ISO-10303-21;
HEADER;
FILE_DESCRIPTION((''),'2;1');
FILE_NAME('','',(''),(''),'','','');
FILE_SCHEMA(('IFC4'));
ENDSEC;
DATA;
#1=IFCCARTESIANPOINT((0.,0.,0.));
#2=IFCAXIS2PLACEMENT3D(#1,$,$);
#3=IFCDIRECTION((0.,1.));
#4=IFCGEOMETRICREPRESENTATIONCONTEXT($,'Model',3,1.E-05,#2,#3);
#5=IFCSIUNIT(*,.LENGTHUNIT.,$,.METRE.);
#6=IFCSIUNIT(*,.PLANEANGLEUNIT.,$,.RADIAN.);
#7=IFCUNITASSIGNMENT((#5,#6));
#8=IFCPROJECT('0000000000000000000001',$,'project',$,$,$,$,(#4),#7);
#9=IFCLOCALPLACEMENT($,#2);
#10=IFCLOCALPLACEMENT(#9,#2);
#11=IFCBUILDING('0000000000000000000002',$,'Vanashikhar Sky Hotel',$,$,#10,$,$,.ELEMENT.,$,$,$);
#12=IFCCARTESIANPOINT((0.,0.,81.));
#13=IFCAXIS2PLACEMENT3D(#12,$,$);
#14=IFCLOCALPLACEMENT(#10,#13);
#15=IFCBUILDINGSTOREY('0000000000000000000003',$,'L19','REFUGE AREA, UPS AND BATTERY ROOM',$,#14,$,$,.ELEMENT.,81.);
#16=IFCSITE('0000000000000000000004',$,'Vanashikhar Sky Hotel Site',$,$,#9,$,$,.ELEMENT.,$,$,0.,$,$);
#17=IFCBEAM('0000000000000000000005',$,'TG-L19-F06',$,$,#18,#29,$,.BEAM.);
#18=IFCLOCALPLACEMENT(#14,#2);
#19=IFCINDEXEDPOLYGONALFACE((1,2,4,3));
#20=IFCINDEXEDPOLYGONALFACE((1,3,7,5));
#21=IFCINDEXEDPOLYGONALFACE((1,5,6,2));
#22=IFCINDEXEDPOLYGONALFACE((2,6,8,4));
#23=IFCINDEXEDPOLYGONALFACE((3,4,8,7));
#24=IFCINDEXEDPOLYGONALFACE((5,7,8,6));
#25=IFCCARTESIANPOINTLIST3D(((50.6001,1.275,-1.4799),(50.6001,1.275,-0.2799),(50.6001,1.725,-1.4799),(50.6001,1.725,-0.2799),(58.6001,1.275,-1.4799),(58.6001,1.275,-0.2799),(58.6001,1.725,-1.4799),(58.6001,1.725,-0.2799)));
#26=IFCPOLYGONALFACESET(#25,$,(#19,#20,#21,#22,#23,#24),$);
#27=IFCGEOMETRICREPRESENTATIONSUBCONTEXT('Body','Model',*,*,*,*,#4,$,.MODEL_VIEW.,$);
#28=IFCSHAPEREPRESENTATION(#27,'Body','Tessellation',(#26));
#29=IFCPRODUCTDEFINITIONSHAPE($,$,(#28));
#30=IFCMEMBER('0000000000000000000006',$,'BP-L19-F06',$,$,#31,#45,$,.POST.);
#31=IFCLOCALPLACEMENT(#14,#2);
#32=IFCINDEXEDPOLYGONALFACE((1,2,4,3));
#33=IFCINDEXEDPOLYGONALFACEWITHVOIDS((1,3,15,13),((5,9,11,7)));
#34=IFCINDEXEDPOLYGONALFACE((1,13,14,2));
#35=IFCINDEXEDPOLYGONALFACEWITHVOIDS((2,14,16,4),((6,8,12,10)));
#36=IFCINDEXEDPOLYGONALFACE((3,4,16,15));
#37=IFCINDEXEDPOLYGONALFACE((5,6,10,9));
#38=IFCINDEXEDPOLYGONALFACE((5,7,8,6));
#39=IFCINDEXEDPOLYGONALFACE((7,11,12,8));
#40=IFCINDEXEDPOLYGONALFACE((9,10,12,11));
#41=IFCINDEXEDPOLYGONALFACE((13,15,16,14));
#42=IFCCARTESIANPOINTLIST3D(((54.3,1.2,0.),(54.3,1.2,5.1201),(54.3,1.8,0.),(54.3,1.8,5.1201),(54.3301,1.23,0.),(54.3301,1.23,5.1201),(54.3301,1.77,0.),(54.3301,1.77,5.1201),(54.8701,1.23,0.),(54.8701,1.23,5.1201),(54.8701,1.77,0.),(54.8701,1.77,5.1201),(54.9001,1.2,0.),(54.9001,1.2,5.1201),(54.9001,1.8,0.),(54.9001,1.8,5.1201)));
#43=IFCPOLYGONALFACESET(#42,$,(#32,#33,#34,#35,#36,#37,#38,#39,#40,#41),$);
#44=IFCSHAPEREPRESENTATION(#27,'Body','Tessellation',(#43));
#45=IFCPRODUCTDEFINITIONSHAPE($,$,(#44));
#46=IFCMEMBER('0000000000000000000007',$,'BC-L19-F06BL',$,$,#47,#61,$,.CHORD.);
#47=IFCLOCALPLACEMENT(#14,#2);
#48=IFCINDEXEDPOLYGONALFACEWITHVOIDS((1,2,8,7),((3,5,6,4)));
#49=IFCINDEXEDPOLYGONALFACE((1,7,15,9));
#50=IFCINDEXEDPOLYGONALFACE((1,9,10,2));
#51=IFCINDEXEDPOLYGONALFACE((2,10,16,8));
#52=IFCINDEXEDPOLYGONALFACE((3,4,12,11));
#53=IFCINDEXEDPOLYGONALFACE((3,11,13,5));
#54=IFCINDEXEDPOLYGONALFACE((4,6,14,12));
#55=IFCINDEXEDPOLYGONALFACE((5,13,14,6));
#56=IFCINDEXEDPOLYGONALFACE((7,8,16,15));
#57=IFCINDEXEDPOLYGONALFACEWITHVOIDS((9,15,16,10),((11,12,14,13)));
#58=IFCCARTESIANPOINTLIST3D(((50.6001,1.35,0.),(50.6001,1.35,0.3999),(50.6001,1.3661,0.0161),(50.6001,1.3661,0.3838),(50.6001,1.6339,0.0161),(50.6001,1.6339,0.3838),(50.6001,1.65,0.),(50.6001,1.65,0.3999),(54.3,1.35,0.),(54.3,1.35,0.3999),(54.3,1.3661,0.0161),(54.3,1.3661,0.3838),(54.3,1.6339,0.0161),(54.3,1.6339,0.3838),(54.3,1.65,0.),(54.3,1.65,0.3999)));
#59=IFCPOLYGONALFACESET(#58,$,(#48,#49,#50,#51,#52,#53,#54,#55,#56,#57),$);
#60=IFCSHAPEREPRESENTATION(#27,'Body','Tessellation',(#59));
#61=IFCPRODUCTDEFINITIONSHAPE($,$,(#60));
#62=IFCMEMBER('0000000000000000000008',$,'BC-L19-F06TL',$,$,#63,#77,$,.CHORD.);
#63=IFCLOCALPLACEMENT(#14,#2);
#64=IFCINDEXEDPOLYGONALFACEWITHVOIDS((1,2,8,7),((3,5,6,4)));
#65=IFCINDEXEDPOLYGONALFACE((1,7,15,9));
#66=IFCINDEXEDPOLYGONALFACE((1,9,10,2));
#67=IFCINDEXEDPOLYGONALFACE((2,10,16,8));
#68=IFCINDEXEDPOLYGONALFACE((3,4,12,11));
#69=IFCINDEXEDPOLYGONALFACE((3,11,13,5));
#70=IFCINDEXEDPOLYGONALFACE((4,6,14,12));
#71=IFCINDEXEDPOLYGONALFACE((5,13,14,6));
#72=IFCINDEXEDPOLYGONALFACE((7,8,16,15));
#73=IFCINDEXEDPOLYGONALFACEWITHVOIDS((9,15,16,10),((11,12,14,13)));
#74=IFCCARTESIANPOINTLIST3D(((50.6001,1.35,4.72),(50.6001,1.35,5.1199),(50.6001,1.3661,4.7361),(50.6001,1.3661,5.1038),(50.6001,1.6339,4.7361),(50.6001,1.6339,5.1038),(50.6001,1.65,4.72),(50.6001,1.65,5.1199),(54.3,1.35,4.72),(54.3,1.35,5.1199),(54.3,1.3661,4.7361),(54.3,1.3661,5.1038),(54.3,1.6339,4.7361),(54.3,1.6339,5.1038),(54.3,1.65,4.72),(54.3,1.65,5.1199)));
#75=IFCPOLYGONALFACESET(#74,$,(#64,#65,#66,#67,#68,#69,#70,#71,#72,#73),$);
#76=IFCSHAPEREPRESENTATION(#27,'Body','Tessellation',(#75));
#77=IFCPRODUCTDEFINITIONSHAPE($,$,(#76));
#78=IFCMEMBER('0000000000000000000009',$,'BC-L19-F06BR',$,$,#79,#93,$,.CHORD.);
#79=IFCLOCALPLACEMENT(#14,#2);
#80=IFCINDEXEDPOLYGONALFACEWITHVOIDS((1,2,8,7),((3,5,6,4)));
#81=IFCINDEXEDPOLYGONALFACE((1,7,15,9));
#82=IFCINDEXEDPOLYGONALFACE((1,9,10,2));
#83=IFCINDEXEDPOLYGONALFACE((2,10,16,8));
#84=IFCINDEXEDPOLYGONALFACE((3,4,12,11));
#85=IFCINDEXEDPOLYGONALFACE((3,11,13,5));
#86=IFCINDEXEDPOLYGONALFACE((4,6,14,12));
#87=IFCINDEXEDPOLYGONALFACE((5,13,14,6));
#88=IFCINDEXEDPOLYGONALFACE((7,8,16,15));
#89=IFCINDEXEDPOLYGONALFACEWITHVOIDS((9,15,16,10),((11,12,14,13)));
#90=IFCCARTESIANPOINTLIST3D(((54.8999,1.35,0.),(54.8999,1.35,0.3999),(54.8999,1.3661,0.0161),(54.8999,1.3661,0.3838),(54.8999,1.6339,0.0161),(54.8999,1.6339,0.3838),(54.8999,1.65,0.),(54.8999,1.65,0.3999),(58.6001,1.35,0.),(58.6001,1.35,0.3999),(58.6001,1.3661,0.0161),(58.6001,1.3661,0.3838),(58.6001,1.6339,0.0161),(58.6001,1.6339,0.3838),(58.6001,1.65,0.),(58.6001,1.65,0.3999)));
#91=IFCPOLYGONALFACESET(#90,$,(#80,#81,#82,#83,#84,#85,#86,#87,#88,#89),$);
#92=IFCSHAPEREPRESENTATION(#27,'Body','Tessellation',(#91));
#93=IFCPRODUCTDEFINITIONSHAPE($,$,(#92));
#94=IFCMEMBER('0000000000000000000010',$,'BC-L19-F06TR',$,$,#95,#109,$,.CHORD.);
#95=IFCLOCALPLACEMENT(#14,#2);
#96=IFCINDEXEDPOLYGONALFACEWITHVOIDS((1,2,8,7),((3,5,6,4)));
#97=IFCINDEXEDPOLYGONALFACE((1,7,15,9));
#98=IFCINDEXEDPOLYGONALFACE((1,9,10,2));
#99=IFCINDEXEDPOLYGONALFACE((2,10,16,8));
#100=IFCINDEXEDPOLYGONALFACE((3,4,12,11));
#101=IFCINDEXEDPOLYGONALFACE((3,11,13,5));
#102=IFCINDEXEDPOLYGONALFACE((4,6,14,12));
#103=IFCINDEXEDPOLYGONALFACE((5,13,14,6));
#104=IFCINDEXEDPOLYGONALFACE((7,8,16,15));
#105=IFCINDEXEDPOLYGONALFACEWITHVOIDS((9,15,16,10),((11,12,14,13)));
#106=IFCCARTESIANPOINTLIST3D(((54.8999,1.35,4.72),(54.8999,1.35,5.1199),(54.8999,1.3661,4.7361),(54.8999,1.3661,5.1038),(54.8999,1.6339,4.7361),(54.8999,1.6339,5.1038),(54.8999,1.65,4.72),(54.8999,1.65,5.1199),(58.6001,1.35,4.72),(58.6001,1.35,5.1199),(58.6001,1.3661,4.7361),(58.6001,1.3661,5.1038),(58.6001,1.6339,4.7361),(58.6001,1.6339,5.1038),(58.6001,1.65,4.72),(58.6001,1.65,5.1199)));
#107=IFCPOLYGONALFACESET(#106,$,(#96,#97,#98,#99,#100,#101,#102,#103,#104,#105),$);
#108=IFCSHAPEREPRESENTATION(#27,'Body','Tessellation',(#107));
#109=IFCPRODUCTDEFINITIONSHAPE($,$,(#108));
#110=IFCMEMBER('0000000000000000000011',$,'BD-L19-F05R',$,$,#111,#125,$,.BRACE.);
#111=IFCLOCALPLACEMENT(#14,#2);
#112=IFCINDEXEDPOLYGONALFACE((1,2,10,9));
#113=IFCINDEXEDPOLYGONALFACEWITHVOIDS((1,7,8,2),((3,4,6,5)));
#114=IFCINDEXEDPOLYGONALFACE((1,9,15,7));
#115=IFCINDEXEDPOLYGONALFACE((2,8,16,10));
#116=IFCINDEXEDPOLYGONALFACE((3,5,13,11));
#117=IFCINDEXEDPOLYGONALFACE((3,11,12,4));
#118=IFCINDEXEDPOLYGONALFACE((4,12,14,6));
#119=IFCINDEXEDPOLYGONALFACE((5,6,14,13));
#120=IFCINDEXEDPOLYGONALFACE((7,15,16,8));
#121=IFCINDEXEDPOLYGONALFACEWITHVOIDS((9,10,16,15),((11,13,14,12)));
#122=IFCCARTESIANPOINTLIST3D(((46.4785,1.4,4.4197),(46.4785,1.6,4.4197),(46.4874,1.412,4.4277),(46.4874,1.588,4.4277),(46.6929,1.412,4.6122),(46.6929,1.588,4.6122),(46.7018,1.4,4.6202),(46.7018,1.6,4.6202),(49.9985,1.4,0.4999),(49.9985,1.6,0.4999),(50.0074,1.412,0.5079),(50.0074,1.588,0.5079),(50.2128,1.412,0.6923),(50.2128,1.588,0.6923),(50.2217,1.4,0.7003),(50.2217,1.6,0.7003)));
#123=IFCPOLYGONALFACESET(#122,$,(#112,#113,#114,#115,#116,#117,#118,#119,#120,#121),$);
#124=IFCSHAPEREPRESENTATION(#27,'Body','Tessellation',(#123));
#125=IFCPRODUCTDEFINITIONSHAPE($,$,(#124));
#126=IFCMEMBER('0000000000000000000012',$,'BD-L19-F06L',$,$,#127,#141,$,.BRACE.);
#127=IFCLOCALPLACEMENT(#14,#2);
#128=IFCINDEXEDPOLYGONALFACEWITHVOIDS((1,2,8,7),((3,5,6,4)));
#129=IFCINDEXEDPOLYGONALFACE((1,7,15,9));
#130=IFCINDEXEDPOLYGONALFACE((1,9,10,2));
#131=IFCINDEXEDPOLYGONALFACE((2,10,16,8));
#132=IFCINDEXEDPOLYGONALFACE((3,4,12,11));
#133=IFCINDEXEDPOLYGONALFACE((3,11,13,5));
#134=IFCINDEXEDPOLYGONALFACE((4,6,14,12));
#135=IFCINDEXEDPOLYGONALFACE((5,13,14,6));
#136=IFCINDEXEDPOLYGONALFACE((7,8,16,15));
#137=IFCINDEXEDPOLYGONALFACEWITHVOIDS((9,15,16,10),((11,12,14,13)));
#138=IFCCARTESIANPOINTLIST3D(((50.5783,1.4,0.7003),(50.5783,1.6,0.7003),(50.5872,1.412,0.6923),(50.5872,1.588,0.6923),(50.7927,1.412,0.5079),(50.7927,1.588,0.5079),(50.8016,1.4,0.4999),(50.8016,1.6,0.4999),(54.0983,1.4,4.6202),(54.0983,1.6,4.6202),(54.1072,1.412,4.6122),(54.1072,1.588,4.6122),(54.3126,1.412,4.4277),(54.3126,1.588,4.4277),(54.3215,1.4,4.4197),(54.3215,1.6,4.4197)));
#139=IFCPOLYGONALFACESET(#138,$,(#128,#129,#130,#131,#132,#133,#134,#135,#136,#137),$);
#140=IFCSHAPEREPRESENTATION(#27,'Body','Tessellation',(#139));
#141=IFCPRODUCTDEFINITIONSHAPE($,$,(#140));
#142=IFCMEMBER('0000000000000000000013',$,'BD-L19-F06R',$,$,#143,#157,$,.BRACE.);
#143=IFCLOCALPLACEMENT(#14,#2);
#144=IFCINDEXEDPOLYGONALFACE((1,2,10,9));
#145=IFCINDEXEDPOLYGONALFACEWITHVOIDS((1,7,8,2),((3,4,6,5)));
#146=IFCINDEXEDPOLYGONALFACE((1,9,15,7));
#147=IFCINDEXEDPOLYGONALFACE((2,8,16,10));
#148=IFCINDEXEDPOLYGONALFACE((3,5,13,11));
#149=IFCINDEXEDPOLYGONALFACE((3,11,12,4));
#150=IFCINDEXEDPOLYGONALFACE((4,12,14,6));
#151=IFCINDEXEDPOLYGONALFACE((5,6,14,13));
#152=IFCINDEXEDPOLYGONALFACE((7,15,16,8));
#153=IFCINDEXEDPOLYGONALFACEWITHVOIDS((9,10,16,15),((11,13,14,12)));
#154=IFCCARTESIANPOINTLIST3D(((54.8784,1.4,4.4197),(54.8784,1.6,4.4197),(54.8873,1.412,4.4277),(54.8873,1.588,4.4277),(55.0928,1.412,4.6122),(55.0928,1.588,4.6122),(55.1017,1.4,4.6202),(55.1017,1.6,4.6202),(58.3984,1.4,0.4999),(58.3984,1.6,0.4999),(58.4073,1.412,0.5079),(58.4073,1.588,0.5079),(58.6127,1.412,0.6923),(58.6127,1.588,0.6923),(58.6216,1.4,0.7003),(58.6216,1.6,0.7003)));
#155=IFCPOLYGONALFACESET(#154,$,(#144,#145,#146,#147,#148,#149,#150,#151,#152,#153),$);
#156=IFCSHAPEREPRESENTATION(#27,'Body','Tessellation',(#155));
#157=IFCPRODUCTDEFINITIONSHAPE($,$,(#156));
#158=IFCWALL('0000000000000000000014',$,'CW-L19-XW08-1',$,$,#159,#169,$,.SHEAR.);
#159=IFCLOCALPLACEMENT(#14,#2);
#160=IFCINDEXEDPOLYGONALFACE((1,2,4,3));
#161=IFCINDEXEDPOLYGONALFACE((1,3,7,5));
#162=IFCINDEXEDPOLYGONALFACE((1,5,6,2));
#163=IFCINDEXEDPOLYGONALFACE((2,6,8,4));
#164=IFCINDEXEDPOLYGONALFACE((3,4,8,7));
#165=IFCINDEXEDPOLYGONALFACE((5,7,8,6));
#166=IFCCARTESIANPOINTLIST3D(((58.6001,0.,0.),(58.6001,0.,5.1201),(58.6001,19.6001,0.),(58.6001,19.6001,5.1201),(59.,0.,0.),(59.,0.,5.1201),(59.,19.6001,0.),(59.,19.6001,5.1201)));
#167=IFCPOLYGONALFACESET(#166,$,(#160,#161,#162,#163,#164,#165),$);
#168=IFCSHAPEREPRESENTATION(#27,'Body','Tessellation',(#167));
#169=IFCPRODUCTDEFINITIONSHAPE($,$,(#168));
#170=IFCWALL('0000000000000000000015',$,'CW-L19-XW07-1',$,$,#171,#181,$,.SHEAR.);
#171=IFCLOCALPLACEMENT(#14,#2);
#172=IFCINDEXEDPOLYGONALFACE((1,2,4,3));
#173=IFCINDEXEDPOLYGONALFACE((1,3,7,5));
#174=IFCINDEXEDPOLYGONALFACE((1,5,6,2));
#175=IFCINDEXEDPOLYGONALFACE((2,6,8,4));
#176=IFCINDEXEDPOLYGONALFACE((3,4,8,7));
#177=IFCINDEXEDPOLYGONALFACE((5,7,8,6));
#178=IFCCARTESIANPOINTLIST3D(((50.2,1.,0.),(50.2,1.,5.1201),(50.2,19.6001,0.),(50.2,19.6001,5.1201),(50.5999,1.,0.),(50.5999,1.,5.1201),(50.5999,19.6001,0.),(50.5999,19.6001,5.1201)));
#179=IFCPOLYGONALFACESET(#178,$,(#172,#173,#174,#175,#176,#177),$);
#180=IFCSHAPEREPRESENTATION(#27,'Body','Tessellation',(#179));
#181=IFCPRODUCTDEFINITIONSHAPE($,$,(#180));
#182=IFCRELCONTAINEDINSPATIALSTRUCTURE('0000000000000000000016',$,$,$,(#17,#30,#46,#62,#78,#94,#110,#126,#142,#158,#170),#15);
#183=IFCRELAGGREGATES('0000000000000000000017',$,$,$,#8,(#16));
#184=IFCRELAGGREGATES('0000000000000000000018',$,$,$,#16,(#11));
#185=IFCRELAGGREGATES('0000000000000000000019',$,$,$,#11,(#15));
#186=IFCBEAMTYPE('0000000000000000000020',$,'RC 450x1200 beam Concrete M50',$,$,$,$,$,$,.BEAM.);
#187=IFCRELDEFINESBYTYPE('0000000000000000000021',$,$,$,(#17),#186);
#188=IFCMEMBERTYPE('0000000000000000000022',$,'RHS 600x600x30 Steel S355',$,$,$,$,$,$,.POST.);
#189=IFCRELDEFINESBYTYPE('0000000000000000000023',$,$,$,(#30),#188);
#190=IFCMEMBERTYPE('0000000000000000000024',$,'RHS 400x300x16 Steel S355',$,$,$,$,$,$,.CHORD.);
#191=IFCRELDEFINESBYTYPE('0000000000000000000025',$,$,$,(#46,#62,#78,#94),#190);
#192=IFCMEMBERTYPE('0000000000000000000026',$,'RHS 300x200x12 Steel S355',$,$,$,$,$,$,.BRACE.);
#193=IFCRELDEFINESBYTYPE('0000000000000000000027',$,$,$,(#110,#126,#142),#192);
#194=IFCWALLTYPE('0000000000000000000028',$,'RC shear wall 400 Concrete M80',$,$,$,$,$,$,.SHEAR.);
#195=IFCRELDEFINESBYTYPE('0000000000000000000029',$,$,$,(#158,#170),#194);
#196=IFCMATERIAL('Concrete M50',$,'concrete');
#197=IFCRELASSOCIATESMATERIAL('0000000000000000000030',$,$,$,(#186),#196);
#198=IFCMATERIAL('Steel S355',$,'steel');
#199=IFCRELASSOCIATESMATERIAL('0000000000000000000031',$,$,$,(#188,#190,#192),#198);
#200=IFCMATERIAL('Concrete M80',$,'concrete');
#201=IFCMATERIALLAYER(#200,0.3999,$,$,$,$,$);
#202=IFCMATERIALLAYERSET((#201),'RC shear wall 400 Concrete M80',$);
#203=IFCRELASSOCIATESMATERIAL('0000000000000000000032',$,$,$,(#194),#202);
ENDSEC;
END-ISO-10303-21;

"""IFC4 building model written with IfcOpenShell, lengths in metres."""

from ifc_helpers import new_model, si_unit, direction, frame, frame_2d, origin, origin_2d, place, context, subcontext, project, spatial, rectangle, hollow_rectangle, extrude, source, transform, mapped, material, layer, layer_set, material_profile, profile_set, type_object, element, save


model = new_model("IFC4")

# Units and contexts
model_context = context("Model", 3, precision=1e-05, world=origin(), true_north=direction((0.0, 1.0)))
body_context = subcontext(model_context, "Body", "Model", "MODEL_VIEW")
ifc_project = project(units=[si_unit("LENGTHUNIT", "METRE"), si_unit("PLANEANGLEUNIT", "RADIAN")], contexts=[model_context])

# Site, building, storey
site_placement = place(None, origin())
site = spatial("IfcSite", under=ifc_project, at=site_placement, Name="Vanashikhar Sky Hotel Site", CompositionType="ELEMENT", RefElevation=0.0)
building_placement = place(site_placement, origin())
building = spatial("IfcBuilding", under=site, at=building_placement, Name="Vanashikhar Sky Hotel", CompositionType="ELEMENT")
storey_placement = place(building_placement, frame((0.0, 0.0, 81.0)))
storey = spatial("IfcBuildingStorey", under=building, at=storey_placement, Name="L19", Description="REFUGE AREA, UPS AND BATTERY ROOM", CompositionType="ELEMENT", Elevation=81.0)

# Beam
ifc_material_1 = material(Name="Concrete M50", Category="concrete")
ifc_material_profile_1 = material_profile(ifc_material_1, rectangle(XDim=0.45, YDim=1.2, at=origin_2d()))
ifc_profile_set_1 = profile_set([ifc_material_profile_1], Name="RC 450x1200 beam Concrete M50")
beam_type = type_object("IfcBeamType", Name="RC 450x1200 beam Concrete M50", PredefinedType="BEAM", material=ifc_profile_set_1)
shared_shape_1 = source(origin(), body_context, "Body", "SweptSolid", [
    extrude(rectangle(XDim=0.45, YDim=1.2, at=origin_2d()), origin(), (0.0, 0.0, 1.0), 8.0),
])
beam_placement = place(storey_placement, frame((50.6001, 1.5, -0.8799), z_axis=(1.0, 0.0, 0.0), x_axis=(0.0, 1.0, 0.0)))
element("IfcBeam", 1, at=beam_placement, inside=storey, type_object=beam_type, Name="TG-L19-F06", PredefinedType="BEAM", context=body_context, shape_type="MappedRepresentation", body=[
    mapped(shared_shape_1, transform((0.0, 0.0, 0.0), scale=1.0)),
])

# Members
ifc_material_2 = material(Name="Steel S355", Category="steel")
ifc_material_profile_2 = material_profile(ifc_material_2, hollow_rectangle(XDim=0.6001, YDim=0.6001, WallThickness=0.03, at=origin_2d()))
ifc_profile_set_2 = profile_set([ifc_material_profile_2], Name="RHS 600x600x30 Steel S355")
member_type_1 = type_object("IfcMemberType", Name="RHS 600x600x30 Steel S355", PredefinedType="POST", material=ifc_profile_set_2)
shared_shape_2 = source(origin(), body_context, "Body", "SweptSolid", [
    extrude(hollow_rectangle(XDim=0.6001, YDim=0.6001, WallThickness=0.03, at=origin_2d()), origin(), (0.0, 0.0, 1.0), 5.1201),
])
member_placement = place(storey_placement, frame((54.6001, 1.5, 0.0), z_axis=(0.0, 0.0, 1.0), x_axis=(1.0, 0.0, 0.0)))
element("IfcMember", 2, at=member_placement, inside=storey, type_object=member_type_1, Name="BP-L19-F06", PredefinedType="POST", context=body_context, shape_type="MappedRepresentation", body=[
    mapped(shared_shape_2, transform((0.0, 0.0, 0.0), scale=1.0)),
])
ifc_material_profile_3 = material_profile(ifc_material_2, hollow_rectangle(XDim=0.3, YDim=0.3999, WallThickness=0.0161, at=origin_2d()))
ifc_profile_set_3 = profile_set([ifc_material_profile_3], Name="RHS 400x300x16 Steel S355")
member_type_2 = type_object("IfcMemberType", Name="RHS 400x300x16 Steel S355", PredefinedType="CHORD", material=ifc_profile_set_3)
shared_shape_3 = source(origin(), body_context, "Body", "SweptSolid", [
    extrude(hollow_rectangle(XDim=0.3, YDim=0.3999, WallThickness=0.0161, at=origin_2d()), origin(), (0.0, 0.0, 1.0), 3.7),
])
for number, where, z_axis, x_axis, name in (
    (3, (50.6001, 1.5, 0.2), (1.0, 0.0, 0.0), (0.0, 1.0, 0.0), "BC-L19-F06BL"),
    (4, (50.6001, 1.5, 4.9199), (1.0, 0.0, 0.0), (0.0, 1.0, 0.0), "BC-L19-F06TL"),
):
    element("IfcMember", number, at=place(storey_placement, frame(where, z_axis=z_axis, x_axis=x_axis)), inside=storey, type_object=member_type_2, Name=name, PredefinedType="CHORD", context=body_context, shape_type="MappedRepresentation", body=[
        mapped(shared_shape_3, transform((0.0, 0.0, 0.0), scale=1.0)),
    ])
shared_shape_4 = source(origin(), body_context, "Body", "SweptSolid", [
    extrude(hollow_rectangle(XDim=0.3, YDim=0.3999, WallThickness=0.0161, at=origin_2d()), origin(), (0.0, 0.0, 1.0), 3.7002),
])
for number, where, z_axis, x_axis, name in (
    (5, (54.8999, 1.5, 0.2), (1.0, 0.0, 0.0), (0.0, 1.0, 0.0), "BC-L19-F06BR"),
    (6, (54.8999, 1.5, 4.9199), (1.0, 0.0, 0.0), (0.0, 1.0, 0.0), "BC-L19-F06TR"),
):
    element("IfcMember", number, at=place(storey_placement, frame(where, z_axis=z_axis, x_axis=x_axis)), inside=storey, type_object=member_type_2, Name=name, PredefinedType="CHORD", context=body_context, shape_type="MappedRepresentation", body=[
        mapped(shared_shape_4, transform((0.0, 0.0, 0.0), scale=1.0)),
    ])
ifc_material_profile_4 = material_profile(ifc_material_2, hollow_rectangle(XDim=0.2, YDim=0.3, WallThickness=0.012, at=origin_2d()))
ifc_profile_set_4 = profile_set([ifc_material_profile_4], Name="RHS 300x200x12 Steel S355")
member_type_3 = type_object("IfcMemberType", Name="RHS 300x200x12 Steel S355", PredefinedType="BRACE", material=ifc_profile_set_4)
shared_shape_5 = source(origin(), body_context, "Body", "SweptSolid", [
    extrude(hollow_rectangle(XDim=0.2, YDim=0.3, WallThickness=0.012, at=origin_2d()), origin(), (0.0, 0.0, 1.0), 5.2683),
])
for number, where, z_axis, x_axis, name in (
    (7, (50.1101, 1.5, 0.6001), (-0.668135, 0.0, 0.74404), (0.0, -1.0, 0.0), "BD-L19-F05R"),
    (8, (50.6899, 1.5, 0.6001), (0.668135, 0.0, 0.74404), (0.0, 1.0, 0.0), "BD-L19-F06L"),
    (9, (58.51, 1.5, 0.6001), (-0.668135, 0.0, 0.74404), (0.0, -1.0, 0.0), "BD-L19-F06R"),
):
    element("IfcMember", number, at=place(storey_placement, frame(where, z_axis=z_axis, x_axis=x_axis)), inside=storey, type_object=member_type_3, Name=name, PredefinedType="BRACE", context=body_context, shape_type="MappedRepresentation", body=[
        mapped(shared_shape_5, transform((0.0, 0.0, 0.0), scale=1.0)),
    ])

# Walls
ifc_material_3 = material(Name="Concrete M80", Category="concrete")
ifc_layer_1 = layer(ifc_material_3, 0.3999)
ifc_layer_set_1 = layer_set([ifc_layer_1], Name="RC shear wall 400 Concrete M80")
wall_type = type_object("IfcWallType", Name="RC shear wall 400 Concrete M80", PredefinedType="SHEAR", material=ifc_layer_set_1)
shared_shape_6 = source(origin(), body_context, "Body", "SweptSolid", [
    extrude(rectangle(XDim=19.6001, YDim=0.3999, at=frame_2d((9.8, 0.0))), origin(), (0.0, 0.0, 1.0), 5.1201),
])
wall_1_placement = place(storey_placement, frame((58.8, 0.0, 0.0), z_axis=(0.0, 0.0, 1.0), x_axis=(0.0, 1.0, 0.0)))
element("IfcWall", 10, at=wall_1_placement, inside=storey, type_object=wall_type, Name="CW-L19-XW08-1", PredefinedType="SHEAR", context=body_context, shape_type="MappedRepresentation", body=[
    mapped(shared_shape_6, transform((0.0, 0.0, 0.0), scale=1.0)),
])
shared_shape_7 = source(origin(), body_context, "Body", "SweptSolid", [
    extrude(rectangle(XDim=18.6001, YDim=0.3999, at=frame_2d((9.3, 0.0))), origin(), (0.0, 0.0, 1.0), 5.1201),
])
wall_2_placement = place(storey_placement, frame((50.3999, 1.0, 0.0), z_axis=(0.0, 0.0, 1.0), x_axis=(0.0, 1.0, 0.0)))
element("IfcWall", 11, at=wall_2_placement, inside=storey, type_object=wall_type, Name="CW-L19-XW07-1", PredefinedType="SHEAR", context=body_context, shape_type="MappedRepresentation", body=[
    mapped(shared_shape_7, transform((0.0, 0.0, 0.0), scale=1.0)),
])

save(model, "model.ifc")
